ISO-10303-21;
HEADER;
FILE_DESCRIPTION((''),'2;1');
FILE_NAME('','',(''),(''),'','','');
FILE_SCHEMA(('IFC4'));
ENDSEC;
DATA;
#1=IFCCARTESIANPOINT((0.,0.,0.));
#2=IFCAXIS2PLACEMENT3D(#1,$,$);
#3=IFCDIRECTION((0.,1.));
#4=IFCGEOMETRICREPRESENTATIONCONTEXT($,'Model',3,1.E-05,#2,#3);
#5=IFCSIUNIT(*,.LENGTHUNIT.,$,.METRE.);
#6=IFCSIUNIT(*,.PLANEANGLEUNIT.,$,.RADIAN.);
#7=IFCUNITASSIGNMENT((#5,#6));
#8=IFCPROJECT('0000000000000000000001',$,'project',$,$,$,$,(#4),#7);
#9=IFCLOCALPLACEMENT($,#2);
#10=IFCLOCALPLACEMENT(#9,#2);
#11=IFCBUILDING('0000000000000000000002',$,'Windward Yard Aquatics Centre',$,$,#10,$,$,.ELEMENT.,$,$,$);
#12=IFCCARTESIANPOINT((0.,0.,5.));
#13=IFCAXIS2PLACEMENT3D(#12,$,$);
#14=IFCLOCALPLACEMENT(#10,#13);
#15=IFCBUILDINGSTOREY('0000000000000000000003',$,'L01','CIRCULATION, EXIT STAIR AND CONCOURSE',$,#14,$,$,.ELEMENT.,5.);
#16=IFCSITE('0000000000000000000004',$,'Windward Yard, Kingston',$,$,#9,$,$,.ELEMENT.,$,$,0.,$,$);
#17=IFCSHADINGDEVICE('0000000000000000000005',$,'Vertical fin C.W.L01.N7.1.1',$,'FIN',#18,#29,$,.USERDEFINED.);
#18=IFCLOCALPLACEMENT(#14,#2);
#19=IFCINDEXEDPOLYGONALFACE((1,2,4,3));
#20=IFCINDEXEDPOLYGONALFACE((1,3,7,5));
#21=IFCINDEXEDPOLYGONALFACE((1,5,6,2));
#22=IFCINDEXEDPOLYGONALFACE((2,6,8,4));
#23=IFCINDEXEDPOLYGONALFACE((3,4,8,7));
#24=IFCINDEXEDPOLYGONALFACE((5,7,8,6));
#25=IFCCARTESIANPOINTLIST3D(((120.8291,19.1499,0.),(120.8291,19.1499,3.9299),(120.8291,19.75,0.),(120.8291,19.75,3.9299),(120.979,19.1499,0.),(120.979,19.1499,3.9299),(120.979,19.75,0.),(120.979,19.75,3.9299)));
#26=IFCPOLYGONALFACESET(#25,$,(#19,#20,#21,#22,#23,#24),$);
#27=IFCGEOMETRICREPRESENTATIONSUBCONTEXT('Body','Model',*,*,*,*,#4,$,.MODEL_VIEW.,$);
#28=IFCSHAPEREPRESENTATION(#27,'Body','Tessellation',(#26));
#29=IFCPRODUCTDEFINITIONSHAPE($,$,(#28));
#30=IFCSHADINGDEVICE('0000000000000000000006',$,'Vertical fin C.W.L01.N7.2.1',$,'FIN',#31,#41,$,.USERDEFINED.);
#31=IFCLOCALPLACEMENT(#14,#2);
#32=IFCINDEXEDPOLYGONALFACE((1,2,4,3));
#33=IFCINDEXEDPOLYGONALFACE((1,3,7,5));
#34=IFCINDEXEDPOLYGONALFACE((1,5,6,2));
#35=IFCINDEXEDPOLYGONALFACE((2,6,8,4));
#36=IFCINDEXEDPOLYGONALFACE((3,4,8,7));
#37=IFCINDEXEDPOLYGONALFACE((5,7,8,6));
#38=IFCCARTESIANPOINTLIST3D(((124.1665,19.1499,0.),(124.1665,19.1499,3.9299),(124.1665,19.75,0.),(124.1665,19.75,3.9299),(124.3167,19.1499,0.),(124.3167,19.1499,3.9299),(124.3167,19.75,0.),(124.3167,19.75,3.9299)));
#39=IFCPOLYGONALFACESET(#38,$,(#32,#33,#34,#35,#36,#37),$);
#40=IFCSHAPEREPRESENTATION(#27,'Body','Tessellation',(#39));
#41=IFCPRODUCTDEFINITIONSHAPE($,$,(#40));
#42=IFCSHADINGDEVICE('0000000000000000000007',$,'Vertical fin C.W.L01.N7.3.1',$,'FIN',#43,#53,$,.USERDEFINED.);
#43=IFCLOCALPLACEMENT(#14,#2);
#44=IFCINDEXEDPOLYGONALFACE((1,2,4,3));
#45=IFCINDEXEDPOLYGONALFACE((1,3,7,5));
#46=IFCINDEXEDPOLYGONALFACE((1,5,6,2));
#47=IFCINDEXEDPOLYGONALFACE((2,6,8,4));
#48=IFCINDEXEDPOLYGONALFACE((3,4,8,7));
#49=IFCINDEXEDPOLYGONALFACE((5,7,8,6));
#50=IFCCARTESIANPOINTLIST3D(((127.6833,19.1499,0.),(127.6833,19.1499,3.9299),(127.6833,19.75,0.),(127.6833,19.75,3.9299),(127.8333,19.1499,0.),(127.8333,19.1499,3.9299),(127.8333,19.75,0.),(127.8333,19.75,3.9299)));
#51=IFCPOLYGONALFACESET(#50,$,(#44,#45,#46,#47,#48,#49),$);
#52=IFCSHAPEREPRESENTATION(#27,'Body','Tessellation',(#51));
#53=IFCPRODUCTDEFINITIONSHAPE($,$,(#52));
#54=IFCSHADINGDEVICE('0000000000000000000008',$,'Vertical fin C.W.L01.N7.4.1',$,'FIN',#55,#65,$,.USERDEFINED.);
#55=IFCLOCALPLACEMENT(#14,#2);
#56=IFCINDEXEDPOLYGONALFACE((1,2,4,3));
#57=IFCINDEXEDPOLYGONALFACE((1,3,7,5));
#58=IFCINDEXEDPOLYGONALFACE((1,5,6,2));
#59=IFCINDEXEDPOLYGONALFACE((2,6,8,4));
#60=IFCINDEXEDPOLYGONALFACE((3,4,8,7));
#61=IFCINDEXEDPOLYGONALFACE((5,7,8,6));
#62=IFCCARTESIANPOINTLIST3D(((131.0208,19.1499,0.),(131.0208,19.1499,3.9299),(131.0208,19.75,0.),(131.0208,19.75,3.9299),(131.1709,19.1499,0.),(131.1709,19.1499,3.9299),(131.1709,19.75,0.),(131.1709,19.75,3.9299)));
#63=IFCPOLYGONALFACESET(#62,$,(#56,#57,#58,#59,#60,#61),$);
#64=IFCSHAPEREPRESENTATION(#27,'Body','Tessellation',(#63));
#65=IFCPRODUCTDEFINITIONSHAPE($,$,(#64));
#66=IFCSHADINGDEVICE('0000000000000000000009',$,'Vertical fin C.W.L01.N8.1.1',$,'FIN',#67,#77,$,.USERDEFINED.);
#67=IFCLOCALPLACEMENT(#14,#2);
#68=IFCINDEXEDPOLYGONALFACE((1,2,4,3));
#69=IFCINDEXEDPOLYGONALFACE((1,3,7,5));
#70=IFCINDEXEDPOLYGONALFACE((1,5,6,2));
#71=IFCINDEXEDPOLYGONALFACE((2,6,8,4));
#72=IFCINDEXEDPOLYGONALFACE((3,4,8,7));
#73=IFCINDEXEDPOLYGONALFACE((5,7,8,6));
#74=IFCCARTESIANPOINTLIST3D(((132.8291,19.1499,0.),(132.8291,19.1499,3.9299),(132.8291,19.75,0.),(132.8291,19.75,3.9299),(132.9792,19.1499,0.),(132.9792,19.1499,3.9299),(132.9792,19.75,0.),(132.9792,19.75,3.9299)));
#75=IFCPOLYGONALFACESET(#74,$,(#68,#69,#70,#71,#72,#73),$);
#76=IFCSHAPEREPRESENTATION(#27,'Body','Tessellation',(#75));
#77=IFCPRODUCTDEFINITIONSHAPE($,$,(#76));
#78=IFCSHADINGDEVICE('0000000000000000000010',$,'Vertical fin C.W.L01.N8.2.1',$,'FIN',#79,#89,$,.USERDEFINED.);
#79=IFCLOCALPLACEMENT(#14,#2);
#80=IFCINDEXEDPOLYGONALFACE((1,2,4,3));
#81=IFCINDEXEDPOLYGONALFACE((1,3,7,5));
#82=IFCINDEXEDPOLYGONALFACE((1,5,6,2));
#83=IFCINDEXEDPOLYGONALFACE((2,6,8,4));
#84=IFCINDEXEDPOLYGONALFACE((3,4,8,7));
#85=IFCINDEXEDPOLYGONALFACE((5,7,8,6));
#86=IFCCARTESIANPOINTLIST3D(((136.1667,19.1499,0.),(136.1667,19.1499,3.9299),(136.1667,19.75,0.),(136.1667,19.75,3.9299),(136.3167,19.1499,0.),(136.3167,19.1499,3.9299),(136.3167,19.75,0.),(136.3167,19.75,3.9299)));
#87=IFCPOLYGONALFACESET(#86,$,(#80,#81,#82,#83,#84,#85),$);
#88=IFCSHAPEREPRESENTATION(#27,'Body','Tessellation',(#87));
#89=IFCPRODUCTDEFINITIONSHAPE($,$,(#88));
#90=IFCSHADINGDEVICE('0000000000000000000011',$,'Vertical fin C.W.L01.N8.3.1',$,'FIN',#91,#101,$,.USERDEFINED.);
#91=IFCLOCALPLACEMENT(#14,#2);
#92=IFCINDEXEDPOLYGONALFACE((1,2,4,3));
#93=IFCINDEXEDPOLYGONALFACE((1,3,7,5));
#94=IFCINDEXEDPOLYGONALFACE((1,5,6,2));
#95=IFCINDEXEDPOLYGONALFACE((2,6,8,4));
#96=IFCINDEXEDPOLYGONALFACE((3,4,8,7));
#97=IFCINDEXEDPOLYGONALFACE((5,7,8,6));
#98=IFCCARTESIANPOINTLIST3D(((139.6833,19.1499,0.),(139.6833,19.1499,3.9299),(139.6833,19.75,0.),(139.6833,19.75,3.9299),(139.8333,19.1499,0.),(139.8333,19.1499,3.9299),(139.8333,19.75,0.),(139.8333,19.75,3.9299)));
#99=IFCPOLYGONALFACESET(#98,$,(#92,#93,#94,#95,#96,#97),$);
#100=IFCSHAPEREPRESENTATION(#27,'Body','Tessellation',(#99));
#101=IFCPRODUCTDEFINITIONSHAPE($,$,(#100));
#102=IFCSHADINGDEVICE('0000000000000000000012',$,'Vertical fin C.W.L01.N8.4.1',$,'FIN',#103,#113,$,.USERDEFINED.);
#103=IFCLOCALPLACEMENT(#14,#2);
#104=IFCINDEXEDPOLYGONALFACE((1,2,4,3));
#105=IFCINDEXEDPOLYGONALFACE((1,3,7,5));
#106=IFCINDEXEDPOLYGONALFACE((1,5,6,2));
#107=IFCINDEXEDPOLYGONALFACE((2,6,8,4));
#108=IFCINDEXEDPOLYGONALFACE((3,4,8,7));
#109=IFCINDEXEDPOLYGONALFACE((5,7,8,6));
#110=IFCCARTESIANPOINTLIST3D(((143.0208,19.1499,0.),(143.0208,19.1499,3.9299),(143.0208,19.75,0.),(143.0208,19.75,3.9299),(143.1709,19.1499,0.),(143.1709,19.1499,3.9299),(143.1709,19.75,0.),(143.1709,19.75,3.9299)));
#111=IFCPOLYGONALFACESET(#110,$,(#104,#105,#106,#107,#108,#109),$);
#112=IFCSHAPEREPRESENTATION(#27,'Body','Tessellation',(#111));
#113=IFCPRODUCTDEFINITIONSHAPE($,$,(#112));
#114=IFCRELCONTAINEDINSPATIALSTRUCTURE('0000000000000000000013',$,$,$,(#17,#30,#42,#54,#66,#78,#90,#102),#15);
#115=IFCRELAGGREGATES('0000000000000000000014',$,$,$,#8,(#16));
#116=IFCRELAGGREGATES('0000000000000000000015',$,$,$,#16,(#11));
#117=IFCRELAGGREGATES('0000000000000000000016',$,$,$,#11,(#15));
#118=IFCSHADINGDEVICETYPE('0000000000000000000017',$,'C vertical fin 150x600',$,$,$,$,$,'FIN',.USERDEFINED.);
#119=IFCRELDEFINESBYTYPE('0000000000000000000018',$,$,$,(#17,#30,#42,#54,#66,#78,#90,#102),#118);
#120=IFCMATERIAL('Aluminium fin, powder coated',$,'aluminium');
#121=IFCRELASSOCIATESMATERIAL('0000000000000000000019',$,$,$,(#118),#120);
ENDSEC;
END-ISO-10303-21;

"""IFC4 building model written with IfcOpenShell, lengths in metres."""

from ifc_helpers import new_model, si_unit, direction, frame, origin, place, context, subcontext, project, spatial, polyline, outline, extrude, material, type_object, element, save


model = new_model("IFC4")

# Units and contexts
model_context = context("Model", 3, precision=1e-05, world=origin(), true_north=direction((0.0, 1.0)))
body_context = subcontext(model_context, "Body", "Model", "MODEL_VIEW")
ifc_project = project(units=[si_unit("LENGTHUNIT", "METRE"), si_unit("PLANEANGLEUNIT", "RADIAN")], contexts=[model_context])

# Site, building, storey
site_placement = place(None, origin())
site = spatial("IfcSite", under=ifc_project, at=site_placement, Name="Windward Yard, Kingston", CompositionType="ELEMENT", RefElevation=0.0)
building_placement = place(site_placement, origin())
building = spatial("IfcBuilding", under=site, at=building_placement, Name="Windward Yard Aquatics Centre", CompositionType="ELEMENT")
storey_placement = place(building_placement, frame((0.0, 0.0, 5.0)))
storey = spatial("IfcBuildingStorey", under=building, at=storey_placement, Name="L01", Description="CIRCULATION, EXIT STAIR AND CONCOURSE", CompositionType="ELEMENT", Elevation=5.0)

# Shading devices
ifc_material = material(Name="Aluminium fin, powder coated", Category="aluminium")
shading_device_type = type_object("IfcShadingDeviceType", Name="C vertical fin 150x600", ElementType="FIN", PredefinedType="USERDEFINED", material=ifc_material)
shading_device_1_placement = place(storey_placement, origin())
element("IfcShadingDevice", 1, at=shading_device_1_placement, inside=storey, type_object=shading_device_type, Name="Vertical fin C.W.L01.N7.1.1", ObjectType="FIN", PredefinedType="USERDEFINED", context=body_context, shape_type="SweptSolid", body=[
    extrude(outline(polyline([(120.8291, 19.1499), (120.979, 19.1499), (120.979, 19.75), (120.8291, 19.75), (120.8291, 19.1499)])), origin(), (0.0, 0.0, 1.0), 3.9299),
])
shading_device_2_placement = place(storey_placement, origin())
element("IfcShadingDevice", 2, at=shading_device_2_placement, inside=storey, type_object=shading_device_type, Name="Vertical fin C.W.L01.N7.2.1", ObjectType="FIN", PredefinedType="USERDEFINED", context=body_context, shape_type="SweptSolid", body=[
    extrude(outline(polyline([(124.1665, 19.1499), (124.3167, 19.1499), (124.3167, 19.75), (124.1665, 19.75), (124.1665, 19.1499)])), origin(), (0.0, 0.0, 1.0), 3.9299),
])
shading_device_3_placement = place(storey_placement, origin())
element("IfcShadingDevice", 3, at=shading_device_3_placement, inside=storey, type_object=shading_device_type, Name="Vertical fin C.W.L01.N7.3.1", ObjectType="FIN", PredefinedType="USERDEFINED", context=body_context, shape_type="SweptSolid", body=[
    extrude(outline(polyline([(127.6833, 19.1499), (127.8333, 19.1499), (127.8333, 19.75), (127.6833, 19.75), (127.6833, 19.1499)])), origin(), (0.0, 0.0, 1.0), 3.9299),
])
shading_device_4_placement = place(storey_placement, origin())
element("IfcShadingDevice", 4, at=shading_device_4_placement, inside=storey, type_object=shading_device_type, Name="Vertical fin C.W.L01.N7.4.1", ObjectType="FIN", PredefinedType="USERDEFINED", context=body_context, shape_type="SweptSolid", body=[
    extrude(outline(polyline([(131.0208, 19.1499), (131.1709, 19.1499), (131.1709, 19.75), (131.0208, 19.75), (131.0208, 19.1499)])), origin(), (0.0, 0.0, 1.0), 3.9299),
])
shading_device_5_placement = place(storey_placement, origin())
element("IfcShadingDevice", 5, at=shading_device_5_placement, inside=storey, type_object=shading_device_type, Name="Vertical fin C.W.L01.N8.1.1", ObjectType="FIN", PredefinedType="USERDEFINED", context=body_context, shape_type="SweptSolid", body=[
    extrude(outline(polyline([(132.8291, 19.1499), (132.9792, 19.1499), (132.9792, 19.75), (132.8291, 19.75), (132.8291, 19.1499)])), origin(), (0.0, 0.0, 1.0), 3.9299),
])
shading_device_6_placement = place(storey_placement, origin())
element("IfcShadingDevice", 6, at=shading_device_6_placement, inside=storey, type_object=shading_device_type, Name="Vertical fin C.W.L01.N8.2.1", ObjectType="FIN", PredefinedType="USERDEFINED", context=body_context, shape_type="SweptSolid", body=[
    extrude(outline(polyline([(136.1667, 19.1499), (136.3167, 19.1499), (136.3167, 19.75), (136.1667, 19.75), (136.1667, 19.1499)])), origin(), (0.0, 0.0, 1.0), 3.9299),
])
shading_device_7_placement = place(storey_placement, origin())
element("IfcShadingDevice", 7, at=shading_device_7_placement, inside=storey, type_object=shading_device_type, Name="Vertical fin C.W.L01.N8.3.1", ObjectType="FIN", PredefinedType="USERDEFINED", context=body_context, shape_type="SweptSolid", body=[
    extrude(outline(polyline([(139.6833, 19.1499), (139.8333, 19.1499), (139.8333, 19.75), (139.6833, 19.75), (139.6833, 19.1499)])), origin(), (0.0, 0.0, 1.0), 3.9299),
])
shading_device_8_placement = place(storey_placement, origin())
element("IfcShadingDevice", 8, at=shading_device_8_placement, inside=storey, type_object=shading_device_type, Name="Vertical fin C.W.L01.N8.4.1", ObjectType="FIN", PredefinedType="USERDEFINED", context=body_context, shape_type="SweptSolid", body=[
    extrude(outline(polyline([(143.0208, 19.1499), (143.1709, 19.1499), (143.1709, 19.75), (143.0208, 19.75), (143.0208, 19.1499)])), origin(), (0.0, 0.0, 1.0), 3.9299),
])

save(model, "model.ifc")
